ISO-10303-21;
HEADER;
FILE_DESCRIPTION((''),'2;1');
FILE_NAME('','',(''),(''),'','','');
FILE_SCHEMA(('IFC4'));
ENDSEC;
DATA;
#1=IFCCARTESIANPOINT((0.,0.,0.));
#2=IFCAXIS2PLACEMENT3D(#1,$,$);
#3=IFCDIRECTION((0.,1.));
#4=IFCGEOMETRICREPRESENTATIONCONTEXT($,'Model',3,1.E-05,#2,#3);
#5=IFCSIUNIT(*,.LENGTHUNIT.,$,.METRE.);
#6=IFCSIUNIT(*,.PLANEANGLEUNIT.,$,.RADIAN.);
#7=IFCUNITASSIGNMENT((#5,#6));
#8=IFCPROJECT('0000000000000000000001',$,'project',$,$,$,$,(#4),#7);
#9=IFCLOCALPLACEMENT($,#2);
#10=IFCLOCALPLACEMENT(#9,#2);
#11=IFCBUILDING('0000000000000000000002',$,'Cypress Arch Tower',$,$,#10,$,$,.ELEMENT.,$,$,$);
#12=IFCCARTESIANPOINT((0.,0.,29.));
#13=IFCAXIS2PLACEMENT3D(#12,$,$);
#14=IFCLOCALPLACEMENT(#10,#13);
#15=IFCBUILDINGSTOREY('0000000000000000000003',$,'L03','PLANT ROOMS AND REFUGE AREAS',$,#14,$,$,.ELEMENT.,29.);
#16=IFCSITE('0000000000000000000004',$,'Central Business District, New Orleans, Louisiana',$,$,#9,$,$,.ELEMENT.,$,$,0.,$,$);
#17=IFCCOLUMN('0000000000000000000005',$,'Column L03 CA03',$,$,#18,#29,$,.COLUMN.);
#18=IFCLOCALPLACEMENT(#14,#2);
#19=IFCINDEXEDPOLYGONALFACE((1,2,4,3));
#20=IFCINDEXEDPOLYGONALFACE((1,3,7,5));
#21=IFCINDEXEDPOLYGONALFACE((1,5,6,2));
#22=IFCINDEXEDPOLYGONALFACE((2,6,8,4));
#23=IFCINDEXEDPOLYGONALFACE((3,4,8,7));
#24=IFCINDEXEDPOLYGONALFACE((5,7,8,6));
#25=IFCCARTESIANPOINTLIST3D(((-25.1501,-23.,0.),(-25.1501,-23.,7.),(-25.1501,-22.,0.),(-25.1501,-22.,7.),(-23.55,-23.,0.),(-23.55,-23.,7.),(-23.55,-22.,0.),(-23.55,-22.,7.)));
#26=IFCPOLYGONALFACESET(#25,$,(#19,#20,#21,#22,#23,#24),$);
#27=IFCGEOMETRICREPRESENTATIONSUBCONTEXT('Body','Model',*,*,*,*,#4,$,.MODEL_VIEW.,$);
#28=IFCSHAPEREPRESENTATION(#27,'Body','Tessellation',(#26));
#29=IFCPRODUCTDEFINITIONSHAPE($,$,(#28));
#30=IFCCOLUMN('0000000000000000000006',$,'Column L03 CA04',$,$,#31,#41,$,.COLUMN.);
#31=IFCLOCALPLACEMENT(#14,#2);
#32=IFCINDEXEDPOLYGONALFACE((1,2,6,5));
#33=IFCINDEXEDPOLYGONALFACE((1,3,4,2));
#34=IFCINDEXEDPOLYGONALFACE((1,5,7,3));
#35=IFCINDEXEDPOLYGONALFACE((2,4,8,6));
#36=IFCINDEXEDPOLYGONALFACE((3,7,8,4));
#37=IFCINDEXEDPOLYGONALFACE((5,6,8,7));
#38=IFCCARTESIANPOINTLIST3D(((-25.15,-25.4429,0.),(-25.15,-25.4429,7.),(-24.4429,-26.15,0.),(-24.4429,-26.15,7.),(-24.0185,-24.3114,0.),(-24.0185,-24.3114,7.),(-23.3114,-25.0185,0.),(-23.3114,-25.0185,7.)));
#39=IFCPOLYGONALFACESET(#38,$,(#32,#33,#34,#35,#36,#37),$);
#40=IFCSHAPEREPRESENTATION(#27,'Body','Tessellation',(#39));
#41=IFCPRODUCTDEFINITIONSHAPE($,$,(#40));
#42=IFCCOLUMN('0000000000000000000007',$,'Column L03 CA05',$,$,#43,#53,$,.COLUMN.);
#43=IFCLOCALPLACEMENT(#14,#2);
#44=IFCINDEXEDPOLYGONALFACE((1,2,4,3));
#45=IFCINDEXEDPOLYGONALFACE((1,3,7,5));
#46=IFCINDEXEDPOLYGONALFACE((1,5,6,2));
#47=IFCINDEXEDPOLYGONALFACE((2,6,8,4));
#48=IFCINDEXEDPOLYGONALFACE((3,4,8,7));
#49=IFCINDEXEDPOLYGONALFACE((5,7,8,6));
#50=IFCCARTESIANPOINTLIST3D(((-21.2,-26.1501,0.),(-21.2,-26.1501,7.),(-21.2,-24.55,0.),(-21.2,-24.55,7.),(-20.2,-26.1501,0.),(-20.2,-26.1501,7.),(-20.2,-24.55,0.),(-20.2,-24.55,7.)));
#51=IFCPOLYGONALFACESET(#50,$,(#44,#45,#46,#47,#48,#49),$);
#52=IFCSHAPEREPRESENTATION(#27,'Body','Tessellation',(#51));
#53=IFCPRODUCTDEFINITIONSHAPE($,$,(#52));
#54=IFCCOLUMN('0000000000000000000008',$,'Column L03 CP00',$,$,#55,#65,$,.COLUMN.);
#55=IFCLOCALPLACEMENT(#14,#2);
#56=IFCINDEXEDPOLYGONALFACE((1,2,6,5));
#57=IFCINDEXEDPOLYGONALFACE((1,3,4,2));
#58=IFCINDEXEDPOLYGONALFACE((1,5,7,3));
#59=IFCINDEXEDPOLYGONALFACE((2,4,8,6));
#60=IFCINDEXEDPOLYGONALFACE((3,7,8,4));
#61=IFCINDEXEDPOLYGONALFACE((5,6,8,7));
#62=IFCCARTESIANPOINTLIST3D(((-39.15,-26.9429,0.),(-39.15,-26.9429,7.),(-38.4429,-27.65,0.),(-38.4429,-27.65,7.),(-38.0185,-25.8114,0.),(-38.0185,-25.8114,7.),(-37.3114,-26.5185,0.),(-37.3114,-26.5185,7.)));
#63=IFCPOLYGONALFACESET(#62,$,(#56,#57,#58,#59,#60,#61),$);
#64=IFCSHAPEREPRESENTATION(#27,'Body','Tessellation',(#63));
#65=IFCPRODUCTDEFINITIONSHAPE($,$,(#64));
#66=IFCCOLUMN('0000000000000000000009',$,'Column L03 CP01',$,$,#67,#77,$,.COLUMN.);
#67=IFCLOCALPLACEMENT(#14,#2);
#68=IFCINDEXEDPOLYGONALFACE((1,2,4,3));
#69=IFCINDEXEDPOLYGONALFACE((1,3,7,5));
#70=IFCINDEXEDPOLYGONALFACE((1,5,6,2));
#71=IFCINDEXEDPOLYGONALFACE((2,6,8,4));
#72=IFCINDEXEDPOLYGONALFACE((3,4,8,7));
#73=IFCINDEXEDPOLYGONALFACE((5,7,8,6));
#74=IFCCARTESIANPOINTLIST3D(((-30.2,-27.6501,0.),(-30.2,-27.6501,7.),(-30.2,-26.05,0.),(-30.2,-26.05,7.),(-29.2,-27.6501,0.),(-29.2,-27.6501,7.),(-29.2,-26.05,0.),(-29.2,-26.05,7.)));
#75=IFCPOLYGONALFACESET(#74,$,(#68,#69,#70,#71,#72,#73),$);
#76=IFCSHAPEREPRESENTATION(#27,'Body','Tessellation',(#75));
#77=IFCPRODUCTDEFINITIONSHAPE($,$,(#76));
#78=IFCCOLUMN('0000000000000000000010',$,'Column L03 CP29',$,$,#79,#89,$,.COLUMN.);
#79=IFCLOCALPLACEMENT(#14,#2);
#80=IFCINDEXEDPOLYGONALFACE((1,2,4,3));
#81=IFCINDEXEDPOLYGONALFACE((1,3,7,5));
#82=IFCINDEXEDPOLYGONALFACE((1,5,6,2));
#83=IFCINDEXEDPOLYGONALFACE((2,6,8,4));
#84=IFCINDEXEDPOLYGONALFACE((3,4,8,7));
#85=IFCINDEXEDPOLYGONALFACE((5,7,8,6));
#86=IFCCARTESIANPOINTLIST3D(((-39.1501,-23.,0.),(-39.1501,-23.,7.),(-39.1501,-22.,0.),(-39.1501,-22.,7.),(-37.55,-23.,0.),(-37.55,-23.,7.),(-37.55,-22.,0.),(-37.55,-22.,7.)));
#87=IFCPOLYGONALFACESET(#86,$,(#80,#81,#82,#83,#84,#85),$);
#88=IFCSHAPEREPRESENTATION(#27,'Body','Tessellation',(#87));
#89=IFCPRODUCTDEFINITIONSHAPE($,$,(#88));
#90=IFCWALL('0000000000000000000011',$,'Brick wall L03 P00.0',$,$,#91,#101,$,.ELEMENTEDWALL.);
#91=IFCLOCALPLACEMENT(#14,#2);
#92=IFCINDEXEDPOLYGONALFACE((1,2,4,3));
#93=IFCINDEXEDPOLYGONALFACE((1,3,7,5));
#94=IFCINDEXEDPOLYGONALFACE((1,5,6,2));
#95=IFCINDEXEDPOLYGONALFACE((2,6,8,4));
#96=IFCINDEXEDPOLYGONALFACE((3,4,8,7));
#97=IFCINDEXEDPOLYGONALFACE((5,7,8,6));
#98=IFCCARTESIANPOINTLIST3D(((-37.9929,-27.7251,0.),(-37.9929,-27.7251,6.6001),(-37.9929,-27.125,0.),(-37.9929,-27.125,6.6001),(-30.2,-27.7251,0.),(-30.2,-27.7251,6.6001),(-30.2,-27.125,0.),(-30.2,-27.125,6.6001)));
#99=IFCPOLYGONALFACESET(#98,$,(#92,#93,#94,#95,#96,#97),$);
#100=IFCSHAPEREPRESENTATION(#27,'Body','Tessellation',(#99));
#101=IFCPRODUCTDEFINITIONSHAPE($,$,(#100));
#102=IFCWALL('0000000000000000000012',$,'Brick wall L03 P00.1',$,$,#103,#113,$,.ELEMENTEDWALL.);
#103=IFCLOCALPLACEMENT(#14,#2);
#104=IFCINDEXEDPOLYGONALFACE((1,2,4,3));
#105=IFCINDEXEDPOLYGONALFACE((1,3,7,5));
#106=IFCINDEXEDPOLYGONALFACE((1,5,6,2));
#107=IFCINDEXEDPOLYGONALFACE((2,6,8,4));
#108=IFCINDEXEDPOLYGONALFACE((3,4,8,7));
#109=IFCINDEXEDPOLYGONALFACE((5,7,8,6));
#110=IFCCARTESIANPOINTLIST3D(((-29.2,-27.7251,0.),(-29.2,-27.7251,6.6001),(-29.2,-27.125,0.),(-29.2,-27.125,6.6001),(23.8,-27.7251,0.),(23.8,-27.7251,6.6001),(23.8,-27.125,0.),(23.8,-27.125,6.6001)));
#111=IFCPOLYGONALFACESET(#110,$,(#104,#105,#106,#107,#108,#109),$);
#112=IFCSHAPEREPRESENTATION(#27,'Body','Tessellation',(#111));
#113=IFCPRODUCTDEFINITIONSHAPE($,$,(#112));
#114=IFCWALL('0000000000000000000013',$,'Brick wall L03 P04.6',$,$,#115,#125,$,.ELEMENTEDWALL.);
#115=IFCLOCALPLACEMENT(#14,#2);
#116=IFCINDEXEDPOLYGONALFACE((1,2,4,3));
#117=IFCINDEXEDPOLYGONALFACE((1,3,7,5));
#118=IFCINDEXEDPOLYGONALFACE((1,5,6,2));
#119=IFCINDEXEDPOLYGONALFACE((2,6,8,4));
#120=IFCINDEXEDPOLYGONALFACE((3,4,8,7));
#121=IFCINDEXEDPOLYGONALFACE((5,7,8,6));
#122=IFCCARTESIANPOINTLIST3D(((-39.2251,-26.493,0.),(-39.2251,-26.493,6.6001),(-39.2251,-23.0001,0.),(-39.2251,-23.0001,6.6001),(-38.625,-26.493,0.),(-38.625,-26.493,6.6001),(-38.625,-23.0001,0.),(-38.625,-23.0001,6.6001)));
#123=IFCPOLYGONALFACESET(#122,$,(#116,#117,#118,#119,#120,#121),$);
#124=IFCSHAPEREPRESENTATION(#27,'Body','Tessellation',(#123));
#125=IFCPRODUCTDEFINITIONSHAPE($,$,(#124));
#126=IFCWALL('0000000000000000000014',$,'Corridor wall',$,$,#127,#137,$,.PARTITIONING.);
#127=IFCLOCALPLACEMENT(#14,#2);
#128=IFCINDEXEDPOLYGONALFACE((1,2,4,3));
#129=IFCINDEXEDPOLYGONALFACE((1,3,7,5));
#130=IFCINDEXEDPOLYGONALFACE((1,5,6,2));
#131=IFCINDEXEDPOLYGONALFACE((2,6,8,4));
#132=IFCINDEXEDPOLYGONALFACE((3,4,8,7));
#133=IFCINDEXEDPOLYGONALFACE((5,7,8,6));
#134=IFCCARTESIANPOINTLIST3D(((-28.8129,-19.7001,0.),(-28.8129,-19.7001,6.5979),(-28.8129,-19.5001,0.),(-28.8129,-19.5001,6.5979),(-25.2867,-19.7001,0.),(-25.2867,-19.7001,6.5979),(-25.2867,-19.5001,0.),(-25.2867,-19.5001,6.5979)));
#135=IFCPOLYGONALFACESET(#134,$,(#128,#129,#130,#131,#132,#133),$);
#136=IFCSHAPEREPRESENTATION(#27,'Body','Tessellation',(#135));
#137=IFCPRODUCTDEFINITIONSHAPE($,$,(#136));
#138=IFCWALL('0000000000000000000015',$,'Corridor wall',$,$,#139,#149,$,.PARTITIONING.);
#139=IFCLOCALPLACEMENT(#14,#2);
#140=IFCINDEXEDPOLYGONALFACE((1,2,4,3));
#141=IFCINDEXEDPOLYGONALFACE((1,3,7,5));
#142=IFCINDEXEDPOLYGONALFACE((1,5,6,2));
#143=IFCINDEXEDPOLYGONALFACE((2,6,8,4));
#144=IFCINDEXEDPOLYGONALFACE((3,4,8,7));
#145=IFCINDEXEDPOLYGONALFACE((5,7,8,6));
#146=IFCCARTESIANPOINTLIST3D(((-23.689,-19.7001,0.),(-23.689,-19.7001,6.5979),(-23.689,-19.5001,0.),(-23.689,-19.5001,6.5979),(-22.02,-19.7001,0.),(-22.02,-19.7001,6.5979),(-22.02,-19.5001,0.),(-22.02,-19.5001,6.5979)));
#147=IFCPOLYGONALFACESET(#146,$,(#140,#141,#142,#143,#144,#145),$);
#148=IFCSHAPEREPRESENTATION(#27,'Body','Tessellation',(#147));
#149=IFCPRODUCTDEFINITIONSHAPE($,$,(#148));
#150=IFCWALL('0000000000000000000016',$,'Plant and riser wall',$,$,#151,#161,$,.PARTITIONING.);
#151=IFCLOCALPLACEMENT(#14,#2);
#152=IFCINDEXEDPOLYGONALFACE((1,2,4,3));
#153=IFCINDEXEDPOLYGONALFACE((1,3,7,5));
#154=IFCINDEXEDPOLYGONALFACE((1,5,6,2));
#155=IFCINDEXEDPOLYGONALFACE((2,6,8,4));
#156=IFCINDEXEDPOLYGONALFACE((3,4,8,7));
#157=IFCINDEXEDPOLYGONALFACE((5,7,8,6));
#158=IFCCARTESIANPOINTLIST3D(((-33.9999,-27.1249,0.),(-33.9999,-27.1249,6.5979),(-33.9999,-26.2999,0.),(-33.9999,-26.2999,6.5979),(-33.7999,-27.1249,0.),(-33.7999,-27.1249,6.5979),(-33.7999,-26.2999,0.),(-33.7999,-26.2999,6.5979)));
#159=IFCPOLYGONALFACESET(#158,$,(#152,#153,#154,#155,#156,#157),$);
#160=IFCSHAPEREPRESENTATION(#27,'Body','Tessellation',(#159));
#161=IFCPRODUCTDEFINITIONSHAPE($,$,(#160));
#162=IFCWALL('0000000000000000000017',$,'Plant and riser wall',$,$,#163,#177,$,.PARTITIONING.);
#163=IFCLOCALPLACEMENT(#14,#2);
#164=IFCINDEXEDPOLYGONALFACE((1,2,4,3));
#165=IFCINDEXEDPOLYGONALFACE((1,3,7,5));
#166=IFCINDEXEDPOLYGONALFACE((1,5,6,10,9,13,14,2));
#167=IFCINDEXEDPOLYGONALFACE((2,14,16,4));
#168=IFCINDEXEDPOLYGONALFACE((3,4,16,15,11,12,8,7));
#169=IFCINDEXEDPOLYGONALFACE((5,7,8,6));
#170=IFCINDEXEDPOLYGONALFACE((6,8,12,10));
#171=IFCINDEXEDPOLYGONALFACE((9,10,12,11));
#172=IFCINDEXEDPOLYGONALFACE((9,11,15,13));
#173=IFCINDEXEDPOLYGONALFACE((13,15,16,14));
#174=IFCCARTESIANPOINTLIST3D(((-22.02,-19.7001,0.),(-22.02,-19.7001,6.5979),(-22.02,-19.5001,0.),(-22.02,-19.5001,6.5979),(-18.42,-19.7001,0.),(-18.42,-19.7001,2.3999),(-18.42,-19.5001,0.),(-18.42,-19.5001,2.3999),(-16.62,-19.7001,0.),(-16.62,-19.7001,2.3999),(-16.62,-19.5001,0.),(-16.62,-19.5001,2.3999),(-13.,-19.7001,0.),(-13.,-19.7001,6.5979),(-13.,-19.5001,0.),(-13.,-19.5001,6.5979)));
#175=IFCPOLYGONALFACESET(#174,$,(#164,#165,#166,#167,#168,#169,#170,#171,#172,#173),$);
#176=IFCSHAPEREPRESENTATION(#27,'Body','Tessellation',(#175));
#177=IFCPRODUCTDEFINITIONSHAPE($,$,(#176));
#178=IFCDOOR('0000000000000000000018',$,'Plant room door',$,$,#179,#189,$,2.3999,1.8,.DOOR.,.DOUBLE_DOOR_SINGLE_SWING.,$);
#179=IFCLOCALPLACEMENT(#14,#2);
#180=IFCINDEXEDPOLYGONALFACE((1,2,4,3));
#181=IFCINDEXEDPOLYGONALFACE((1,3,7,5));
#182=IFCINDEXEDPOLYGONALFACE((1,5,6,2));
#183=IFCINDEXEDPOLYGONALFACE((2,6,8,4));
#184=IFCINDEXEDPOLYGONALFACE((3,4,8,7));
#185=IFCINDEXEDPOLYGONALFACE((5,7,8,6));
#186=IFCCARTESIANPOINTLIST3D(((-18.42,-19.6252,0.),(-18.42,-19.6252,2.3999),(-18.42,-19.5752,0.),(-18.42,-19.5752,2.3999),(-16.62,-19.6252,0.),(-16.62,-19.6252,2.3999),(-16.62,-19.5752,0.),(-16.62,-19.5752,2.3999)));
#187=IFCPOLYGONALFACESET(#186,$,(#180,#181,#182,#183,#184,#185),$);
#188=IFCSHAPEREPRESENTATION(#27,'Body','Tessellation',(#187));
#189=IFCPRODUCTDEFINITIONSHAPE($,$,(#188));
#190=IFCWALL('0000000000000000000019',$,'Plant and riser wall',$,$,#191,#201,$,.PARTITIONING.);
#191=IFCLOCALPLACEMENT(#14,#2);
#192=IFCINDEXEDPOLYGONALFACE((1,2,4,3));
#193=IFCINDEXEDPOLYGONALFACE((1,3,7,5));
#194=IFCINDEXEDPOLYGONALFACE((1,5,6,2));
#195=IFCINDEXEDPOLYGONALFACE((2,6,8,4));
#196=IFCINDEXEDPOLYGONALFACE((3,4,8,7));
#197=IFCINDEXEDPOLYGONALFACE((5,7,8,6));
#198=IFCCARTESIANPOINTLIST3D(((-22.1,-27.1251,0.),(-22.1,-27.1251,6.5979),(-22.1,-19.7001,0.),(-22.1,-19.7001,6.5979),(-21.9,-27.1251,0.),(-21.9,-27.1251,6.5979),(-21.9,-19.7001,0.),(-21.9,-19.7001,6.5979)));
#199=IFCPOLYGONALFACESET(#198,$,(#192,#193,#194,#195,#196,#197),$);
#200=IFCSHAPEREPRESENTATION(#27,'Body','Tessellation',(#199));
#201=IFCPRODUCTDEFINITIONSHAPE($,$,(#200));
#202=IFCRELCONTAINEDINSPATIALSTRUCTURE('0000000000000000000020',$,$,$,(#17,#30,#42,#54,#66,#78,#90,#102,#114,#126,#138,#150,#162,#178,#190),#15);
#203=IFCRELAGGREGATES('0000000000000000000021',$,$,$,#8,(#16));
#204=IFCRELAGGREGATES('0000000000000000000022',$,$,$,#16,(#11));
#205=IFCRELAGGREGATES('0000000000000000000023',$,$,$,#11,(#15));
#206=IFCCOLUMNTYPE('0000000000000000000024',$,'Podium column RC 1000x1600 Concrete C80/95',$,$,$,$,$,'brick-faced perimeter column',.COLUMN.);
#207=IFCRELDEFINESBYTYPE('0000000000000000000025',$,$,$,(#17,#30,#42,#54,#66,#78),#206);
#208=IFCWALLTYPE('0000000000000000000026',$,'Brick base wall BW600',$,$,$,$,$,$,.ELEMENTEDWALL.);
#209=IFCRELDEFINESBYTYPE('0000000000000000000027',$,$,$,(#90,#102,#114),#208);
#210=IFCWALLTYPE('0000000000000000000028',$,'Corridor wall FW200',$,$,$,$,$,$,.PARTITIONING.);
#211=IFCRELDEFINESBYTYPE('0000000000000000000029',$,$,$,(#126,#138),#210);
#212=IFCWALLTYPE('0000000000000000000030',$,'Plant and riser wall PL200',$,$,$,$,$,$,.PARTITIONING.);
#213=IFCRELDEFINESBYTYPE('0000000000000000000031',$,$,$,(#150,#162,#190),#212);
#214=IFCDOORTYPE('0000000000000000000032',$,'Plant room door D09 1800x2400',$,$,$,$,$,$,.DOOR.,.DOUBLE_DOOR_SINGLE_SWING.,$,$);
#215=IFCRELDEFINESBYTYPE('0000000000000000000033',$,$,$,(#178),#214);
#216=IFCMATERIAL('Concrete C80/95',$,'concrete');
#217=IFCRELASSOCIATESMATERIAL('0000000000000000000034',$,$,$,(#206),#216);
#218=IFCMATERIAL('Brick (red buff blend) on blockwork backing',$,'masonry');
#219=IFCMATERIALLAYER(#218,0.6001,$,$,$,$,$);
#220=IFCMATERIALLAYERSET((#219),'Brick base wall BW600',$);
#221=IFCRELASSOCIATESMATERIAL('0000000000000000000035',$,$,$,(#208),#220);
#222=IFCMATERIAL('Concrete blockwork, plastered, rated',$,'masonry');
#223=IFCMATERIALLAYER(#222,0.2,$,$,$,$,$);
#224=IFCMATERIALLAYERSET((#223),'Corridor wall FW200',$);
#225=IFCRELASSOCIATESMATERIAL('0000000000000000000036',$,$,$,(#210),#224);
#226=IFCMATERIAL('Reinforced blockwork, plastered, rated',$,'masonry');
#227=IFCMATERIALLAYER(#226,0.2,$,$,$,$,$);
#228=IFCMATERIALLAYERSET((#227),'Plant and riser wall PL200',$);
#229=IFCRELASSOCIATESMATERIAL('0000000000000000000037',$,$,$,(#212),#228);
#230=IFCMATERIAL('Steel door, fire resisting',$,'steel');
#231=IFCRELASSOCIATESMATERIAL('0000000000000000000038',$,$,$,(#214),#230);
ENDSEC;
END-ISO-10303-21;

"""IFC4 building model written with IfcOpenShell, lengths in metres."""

from ifc_helpers import new_model, si_unit, direction, frame, frame_2d, origin, origin_2d, place, context, subcontext, project, spatial, rectangle, extrude, material, layer, layer_set, material_profile, profile_set, type_object, element, fill, save


model = new_model("IFC4")

# Units and contexts
model_context = context("Model", 3, precision=1e-05, world=origin(), true_north=direction((0.0, 1.0)))
body_context = subcontext(model_context, "Body", "Model", "MODEL_VIEW")
ifc_project = project(units=[si_unit("LENGTHUNIT", "METRE"), si_unit("PLANEANGLEUNIT", "RADIAN")], contexts=[model_context])

# Site, building, storey
site_placement = place(None, origin())
site = spatial("IfcSite", under=ifc_project, at=site_placement, Name="Central Business District, New Orleans, Louisiana", CompositionType="ELEMENT", RefElevation=0.0)
building_placement = place(site_placement, origin())
building = spatial("IfcBuilding", under=site, at=building_placement, Name="Cypress Arch Tower", CompositionType="ELEMENT")
storey_placement = place(building_placement, frame((0.0, 0.0, 29.0)))
storey = spatial("IfcBuildingStorey", under=building, at=storey_placement, Name="L03", Description="PLANT ROOMS AND REFUGE AREAS", CompositionType="ELEMENT", Elevation=29.0)

# Columns
ifc_material_1 = material(Name="Concrete C80/95", Category="concrete")
ifc_material_profile = material_profile(ifc_material_1, rectangle(XDim=1.0, YDim=1.6001, at=origin_2d()), Name="RC 1000x1600")
ifc_profile_set = profile_set([ifc_material_profile], Name="Concrete C80/95")
column_type = type_object("IfcColumnType", Name="Podium column RC 1000x1600 Concrete C80/95", ElementType="brick-faced perimeter column", PredefinedType="COLUMN", material=ifc_profile_set)
for number, where, z_axis, x_axis, name in (
    (1, (-24.3501, -22.5, 0.0), (0.0, 0.0, 1.0), (0.0, -1.0, 0.0), "Column L03 CA03"),
    (2, (-24.2307, -25.2307, 0.0), (0.0, 0.0, 1.0), (0.707107, -0.707107, 0.0), "Column L03 CA04"),
    (3, (-20.7, -25.3501, 0.0), (0.0, 0.0, 1.0), (1.0, 0.0, 0.0), "Column L03 CA05"),
    (4, (-38.2307, -26.7307, 0.0), (0.0, 0.0, 1.0), (0.707107, -0.707107, 0.0), "Column L03 CP00"),
    (5, (-29.7, -26.8501, 0.0), (0.0, 0.0, 1.0), (1.0, 0.0, 0.0), "Column L03 CP01"),
    (6, (-38.3501, -22.5, 0.0), (0.0, 0.0, 1.0), (0.0, -1.0, 0.0), "Column L03 CP29"),
):
    element("IfcColumn", number, at=place(storey_placement, frame(where, z_axis=z_axis, x_axis=x_axis)), inside=storey, type_object=column_type, Name=name, PredefinedType="COLUMN", context=body_context, shape_type="SweptSolid", body=[
        extrude(rectangle(XDim=1.0, YDim=1.6001, at=origin_2d()), origin(), (0.0, 0.0, 1.0), 7.0),
    ])

# Walls
ifc_material_2 = material(Name="Brick (red buff blend) on blockwork backing", Category="masonry")
ifc_layer_1 = layer(ifc_material_2, 0.6001)
ifc_layer_set_1 = layer_set([ifc_layer_1], Name="Brick base wall BW600")
wall_type_1 = type_object("IfcWallType", Name="Brick base wall BW600", PredefinedType="ELEMENTEDWALL", material=ifc_layer_set_1)
wall_1_placement = place(storey_placement, frame((-37.9929, -27.425, 0.0), z_axis=(0.0, 0.0, 1.0), x_axis=(1.0, 0.0, 0.0)))
element("IfcWall", 7, at=wall_1_placement, inside=storey, type_object=wall_type_1, Name="Brick wall L03 P00.0", PredefinedType="ELEMENTEDWALL", context=body_context, shape_type="SweptSolid", body=[
    extrude(rectangle(XDim=7.793, YDim=0.6001, at=frame_2d((3.8965, 0.0))), origin(), (0.0, 0.0, 1.0), 6.6001),
])
wall_2_placement = place(storey_placement, frame((-29.2, -27.425, 0.0), z_axis=(0.0, 0.0, 1.0), x_axis=(1.0, 0.0, 0.0)))
element("IfcWall", 8, at=wall_2_placement, inside=storey, type_object=wall_type_1, Name="Brick wall L03 P00.1", PredefinedType="ELEMENTEDWALL", context=body_context, shape_type="SweptSolid", body=[
    extrude(rectangle(XDim=53.0, YDim=0.6001, at=frame_2d((26.5, 0.0))), origin(), (0.0, 0.0, 1.0), 6.6001),
])
wall_3_placement = place(storey_placement, frame((-38.925, -23.0, 0.0), z_axis=(0.0, 0.0, 1.0), x_axis=(0.0, -1.0, 0.0)))
element("IfcWall", 9, at=wall_3_placement, inside=storey, type_object=wall_type_1, Name="Brick wall L03 P04.6", PredefinedType="ELEMENTEDWALL", context=body_context, shape_type="SweptSolid", body=[
    extrude(rectangle(XDim=3.4929, YDim=0.6001, at=frame_2d((1.7466, 0.0))), origin(), (0.0, 0.0, 1.0), 6.6001),
])

# Shared definitions
ifc_material_3 = material(Name="Concrete blockwork, plastered, rated", Category="masonry")
ifc_layer_2 = layer(ifc_material_3, 0.2)
ifc_layer_set_2 = layer_set([ifc_layer_2], Name="Corridor wall FW200")
wall_type_2 = type_object("IfcWallType", Name="Corridor wall FW200", PredefinedType="PARTITIONING", material=ifc_layer_set_2)

# Walls
wall_4_placement = place(storey_placement, frame((-28.813, -19.6001, 0.0), z_axis=(0.0, 0.0, 1.0), x_axis=(1.0, 0.0, 0.0)))
element("IfcWall", 10, at=wall_4_placement, inside=storey, type_object=wall_type_2, Name="Corridor wall", PredefinedType="PARTITIONING", context=body_context, shape_type="SweptSolid", body=[
    extrude(rectangle(XDim=3.5261, YDim=0.2, at=frame_2d((1.7632, 0.0))), origin(), (0.0, 0.0, 1.0), 6.5979),
])
wall_5_placement = place(storey_placement, frame((-23.689, -19.6001, 0.0), z_axis=(0.0, 0.0, 1.0), x_axis=(1.0, 0.0, 0.0)))
element("IfcWall", 11, at=wall_5_placement, inside=storey, type_object=wall_type_2, Name="Corridor wall", PredefinedType="PARTITIONING", context=body_context, shape_type="SweptSolid", body=[
    extrude(rectangle(XDim=1.6689, YDim=0.2, at=frame_2d((0.8345, 0.0))), origin(), (0.0, 0.0, 1.0), 6.5979),
])
ifc_material_4 = material(Name="Reinforced blockwork, plastered, rated", Category="masonry")
ifc_layer_3 = layer(ifc_material_4, 0.2)
ifc_layer_set_3 = layer_set([ifc_layer_3], Name="Plant and riser wall PL200")
wall_type_3 = type_object("IfcWallType", Name="Plant and riser wall PL200", PredefinedType="PARTITIONING", material=ifc_layer_set_3)
wall_6_placement = place(storey_placement, frame((-33.8999, -27.125, 0.0), z_axis=(0.0, 0.0, 1.0), x_axis=(0.0, 1.0, 0.0)))
element("IfcWall", 12, at=wall_6_placement, inside=storey, type_object=wall_type_3, Name="Plant and riser wall", PredefinedType="PARTITIONING", context=body_context, shape_type="SweptSolid", body=[
    extrude(rectangle(XDim=0.825, YDim=0.2, at=frame_2d((0.4126, 0.0))), origin(), (0.0, 0.0, 1.0), 6.5979),
])

# Wall, opening, door
wall_7_placement = place(storey_placement, frame((-22.02, -19.6001, 0.0), z_axis=(0.0, 0.0, 1.0), x_axis=(1.0, 0.0, 0.0)))
wall_7 = element("IfcWall", 13, at=wall_7_placement, inside=storey, type_object=wall_type_3, Name="Plant and riser wall", PredefinedType="PARTITIONING", context=body_context, shape_type="SweptSolid", body=[
    extrude(rectangle(XDim=9.02, YDim=0.2, at=frame_2d((4.51, 0.0))), origin(), (0.0, 0.0, 1.0), 6.5979),
])
opening_1_placement = place(wall_7_placement, frame((3.6001, 0.0, 0.0)))
opening_1 = element("IfcOpeningElement", 14, at=opening_1_placement, cuts=wall_7, PredefinedType="OPENING", context=body_context, shape_type="SweptSolid", body=[
    extrude(rectangle(XDim=1.8, YDim=2.3999, at=frame_2d((0.8999, 1.2))), frame((0.0, 0.1099, 0.0), z_axis=(0.0, -1.0, 0.0), x_axis=(1.0, 0.0, 0.0)), (0.0, 0.0, 1.0), 0.22),
])
ifc_material_5 = material(Name="Steel door, fire resisting", Category="steel")
door_type_1 = type_object("IfcDoorType", Name="Plant room door D09 1800x2400", OperationType="DOUBLE_DOOR_SINGLE_SWING", PredefinedType="DOOR", material=ifc_material_5)
door_1_placement = place(opening_1_placement, origin())
door_1 = element("IfcDoor", 15, at=door_1_placement, inside=storey, type_object=door_type_1, Name="Plant room door", OperationType="DOUBLE_DOOR_SINGLE_SWING", OverallHeight=2.3999, OverallWidth=1.8, PredefinedType="DOOR", context=body_context, shape_type="SweptSolid", body=[
    extrude(rectangle(XDim=1.8, YDim=2.3999, at=frame_2d((0.8999, 1.2))), frame((0.0, 0.0249, 0.0), z_axis=(0.0, -1.0, 0.0), x_axis=(1.0, 0.0, 0.0)), (0.0, 0.0, 1.0), 0.05),
])
fill(opening_1, door_1)

# Wall
wall_8_placement = place(storey_placement, frame((-22.0, -27.125, 0.0), z_axis=(0.0, 0.0, 1.0), x_axis=(0.0, 1.0, 0.0)))
element("IfcWall", 16, at=wall_8_placement, inside=storey, type_object=wall_type_3, Name="Plant and riser wall", PredefinedType="PARTITIONING", context=body_context, shape_type="SweptSolid", body=[
    extrude(rectangle(XDim=7.425, YDim=0.2, at=frame_2d((3.7124, 0.0))), origin(), (0.0, 0.0, 1.0), 6.5979),
])

save(model, "model.ifc")
